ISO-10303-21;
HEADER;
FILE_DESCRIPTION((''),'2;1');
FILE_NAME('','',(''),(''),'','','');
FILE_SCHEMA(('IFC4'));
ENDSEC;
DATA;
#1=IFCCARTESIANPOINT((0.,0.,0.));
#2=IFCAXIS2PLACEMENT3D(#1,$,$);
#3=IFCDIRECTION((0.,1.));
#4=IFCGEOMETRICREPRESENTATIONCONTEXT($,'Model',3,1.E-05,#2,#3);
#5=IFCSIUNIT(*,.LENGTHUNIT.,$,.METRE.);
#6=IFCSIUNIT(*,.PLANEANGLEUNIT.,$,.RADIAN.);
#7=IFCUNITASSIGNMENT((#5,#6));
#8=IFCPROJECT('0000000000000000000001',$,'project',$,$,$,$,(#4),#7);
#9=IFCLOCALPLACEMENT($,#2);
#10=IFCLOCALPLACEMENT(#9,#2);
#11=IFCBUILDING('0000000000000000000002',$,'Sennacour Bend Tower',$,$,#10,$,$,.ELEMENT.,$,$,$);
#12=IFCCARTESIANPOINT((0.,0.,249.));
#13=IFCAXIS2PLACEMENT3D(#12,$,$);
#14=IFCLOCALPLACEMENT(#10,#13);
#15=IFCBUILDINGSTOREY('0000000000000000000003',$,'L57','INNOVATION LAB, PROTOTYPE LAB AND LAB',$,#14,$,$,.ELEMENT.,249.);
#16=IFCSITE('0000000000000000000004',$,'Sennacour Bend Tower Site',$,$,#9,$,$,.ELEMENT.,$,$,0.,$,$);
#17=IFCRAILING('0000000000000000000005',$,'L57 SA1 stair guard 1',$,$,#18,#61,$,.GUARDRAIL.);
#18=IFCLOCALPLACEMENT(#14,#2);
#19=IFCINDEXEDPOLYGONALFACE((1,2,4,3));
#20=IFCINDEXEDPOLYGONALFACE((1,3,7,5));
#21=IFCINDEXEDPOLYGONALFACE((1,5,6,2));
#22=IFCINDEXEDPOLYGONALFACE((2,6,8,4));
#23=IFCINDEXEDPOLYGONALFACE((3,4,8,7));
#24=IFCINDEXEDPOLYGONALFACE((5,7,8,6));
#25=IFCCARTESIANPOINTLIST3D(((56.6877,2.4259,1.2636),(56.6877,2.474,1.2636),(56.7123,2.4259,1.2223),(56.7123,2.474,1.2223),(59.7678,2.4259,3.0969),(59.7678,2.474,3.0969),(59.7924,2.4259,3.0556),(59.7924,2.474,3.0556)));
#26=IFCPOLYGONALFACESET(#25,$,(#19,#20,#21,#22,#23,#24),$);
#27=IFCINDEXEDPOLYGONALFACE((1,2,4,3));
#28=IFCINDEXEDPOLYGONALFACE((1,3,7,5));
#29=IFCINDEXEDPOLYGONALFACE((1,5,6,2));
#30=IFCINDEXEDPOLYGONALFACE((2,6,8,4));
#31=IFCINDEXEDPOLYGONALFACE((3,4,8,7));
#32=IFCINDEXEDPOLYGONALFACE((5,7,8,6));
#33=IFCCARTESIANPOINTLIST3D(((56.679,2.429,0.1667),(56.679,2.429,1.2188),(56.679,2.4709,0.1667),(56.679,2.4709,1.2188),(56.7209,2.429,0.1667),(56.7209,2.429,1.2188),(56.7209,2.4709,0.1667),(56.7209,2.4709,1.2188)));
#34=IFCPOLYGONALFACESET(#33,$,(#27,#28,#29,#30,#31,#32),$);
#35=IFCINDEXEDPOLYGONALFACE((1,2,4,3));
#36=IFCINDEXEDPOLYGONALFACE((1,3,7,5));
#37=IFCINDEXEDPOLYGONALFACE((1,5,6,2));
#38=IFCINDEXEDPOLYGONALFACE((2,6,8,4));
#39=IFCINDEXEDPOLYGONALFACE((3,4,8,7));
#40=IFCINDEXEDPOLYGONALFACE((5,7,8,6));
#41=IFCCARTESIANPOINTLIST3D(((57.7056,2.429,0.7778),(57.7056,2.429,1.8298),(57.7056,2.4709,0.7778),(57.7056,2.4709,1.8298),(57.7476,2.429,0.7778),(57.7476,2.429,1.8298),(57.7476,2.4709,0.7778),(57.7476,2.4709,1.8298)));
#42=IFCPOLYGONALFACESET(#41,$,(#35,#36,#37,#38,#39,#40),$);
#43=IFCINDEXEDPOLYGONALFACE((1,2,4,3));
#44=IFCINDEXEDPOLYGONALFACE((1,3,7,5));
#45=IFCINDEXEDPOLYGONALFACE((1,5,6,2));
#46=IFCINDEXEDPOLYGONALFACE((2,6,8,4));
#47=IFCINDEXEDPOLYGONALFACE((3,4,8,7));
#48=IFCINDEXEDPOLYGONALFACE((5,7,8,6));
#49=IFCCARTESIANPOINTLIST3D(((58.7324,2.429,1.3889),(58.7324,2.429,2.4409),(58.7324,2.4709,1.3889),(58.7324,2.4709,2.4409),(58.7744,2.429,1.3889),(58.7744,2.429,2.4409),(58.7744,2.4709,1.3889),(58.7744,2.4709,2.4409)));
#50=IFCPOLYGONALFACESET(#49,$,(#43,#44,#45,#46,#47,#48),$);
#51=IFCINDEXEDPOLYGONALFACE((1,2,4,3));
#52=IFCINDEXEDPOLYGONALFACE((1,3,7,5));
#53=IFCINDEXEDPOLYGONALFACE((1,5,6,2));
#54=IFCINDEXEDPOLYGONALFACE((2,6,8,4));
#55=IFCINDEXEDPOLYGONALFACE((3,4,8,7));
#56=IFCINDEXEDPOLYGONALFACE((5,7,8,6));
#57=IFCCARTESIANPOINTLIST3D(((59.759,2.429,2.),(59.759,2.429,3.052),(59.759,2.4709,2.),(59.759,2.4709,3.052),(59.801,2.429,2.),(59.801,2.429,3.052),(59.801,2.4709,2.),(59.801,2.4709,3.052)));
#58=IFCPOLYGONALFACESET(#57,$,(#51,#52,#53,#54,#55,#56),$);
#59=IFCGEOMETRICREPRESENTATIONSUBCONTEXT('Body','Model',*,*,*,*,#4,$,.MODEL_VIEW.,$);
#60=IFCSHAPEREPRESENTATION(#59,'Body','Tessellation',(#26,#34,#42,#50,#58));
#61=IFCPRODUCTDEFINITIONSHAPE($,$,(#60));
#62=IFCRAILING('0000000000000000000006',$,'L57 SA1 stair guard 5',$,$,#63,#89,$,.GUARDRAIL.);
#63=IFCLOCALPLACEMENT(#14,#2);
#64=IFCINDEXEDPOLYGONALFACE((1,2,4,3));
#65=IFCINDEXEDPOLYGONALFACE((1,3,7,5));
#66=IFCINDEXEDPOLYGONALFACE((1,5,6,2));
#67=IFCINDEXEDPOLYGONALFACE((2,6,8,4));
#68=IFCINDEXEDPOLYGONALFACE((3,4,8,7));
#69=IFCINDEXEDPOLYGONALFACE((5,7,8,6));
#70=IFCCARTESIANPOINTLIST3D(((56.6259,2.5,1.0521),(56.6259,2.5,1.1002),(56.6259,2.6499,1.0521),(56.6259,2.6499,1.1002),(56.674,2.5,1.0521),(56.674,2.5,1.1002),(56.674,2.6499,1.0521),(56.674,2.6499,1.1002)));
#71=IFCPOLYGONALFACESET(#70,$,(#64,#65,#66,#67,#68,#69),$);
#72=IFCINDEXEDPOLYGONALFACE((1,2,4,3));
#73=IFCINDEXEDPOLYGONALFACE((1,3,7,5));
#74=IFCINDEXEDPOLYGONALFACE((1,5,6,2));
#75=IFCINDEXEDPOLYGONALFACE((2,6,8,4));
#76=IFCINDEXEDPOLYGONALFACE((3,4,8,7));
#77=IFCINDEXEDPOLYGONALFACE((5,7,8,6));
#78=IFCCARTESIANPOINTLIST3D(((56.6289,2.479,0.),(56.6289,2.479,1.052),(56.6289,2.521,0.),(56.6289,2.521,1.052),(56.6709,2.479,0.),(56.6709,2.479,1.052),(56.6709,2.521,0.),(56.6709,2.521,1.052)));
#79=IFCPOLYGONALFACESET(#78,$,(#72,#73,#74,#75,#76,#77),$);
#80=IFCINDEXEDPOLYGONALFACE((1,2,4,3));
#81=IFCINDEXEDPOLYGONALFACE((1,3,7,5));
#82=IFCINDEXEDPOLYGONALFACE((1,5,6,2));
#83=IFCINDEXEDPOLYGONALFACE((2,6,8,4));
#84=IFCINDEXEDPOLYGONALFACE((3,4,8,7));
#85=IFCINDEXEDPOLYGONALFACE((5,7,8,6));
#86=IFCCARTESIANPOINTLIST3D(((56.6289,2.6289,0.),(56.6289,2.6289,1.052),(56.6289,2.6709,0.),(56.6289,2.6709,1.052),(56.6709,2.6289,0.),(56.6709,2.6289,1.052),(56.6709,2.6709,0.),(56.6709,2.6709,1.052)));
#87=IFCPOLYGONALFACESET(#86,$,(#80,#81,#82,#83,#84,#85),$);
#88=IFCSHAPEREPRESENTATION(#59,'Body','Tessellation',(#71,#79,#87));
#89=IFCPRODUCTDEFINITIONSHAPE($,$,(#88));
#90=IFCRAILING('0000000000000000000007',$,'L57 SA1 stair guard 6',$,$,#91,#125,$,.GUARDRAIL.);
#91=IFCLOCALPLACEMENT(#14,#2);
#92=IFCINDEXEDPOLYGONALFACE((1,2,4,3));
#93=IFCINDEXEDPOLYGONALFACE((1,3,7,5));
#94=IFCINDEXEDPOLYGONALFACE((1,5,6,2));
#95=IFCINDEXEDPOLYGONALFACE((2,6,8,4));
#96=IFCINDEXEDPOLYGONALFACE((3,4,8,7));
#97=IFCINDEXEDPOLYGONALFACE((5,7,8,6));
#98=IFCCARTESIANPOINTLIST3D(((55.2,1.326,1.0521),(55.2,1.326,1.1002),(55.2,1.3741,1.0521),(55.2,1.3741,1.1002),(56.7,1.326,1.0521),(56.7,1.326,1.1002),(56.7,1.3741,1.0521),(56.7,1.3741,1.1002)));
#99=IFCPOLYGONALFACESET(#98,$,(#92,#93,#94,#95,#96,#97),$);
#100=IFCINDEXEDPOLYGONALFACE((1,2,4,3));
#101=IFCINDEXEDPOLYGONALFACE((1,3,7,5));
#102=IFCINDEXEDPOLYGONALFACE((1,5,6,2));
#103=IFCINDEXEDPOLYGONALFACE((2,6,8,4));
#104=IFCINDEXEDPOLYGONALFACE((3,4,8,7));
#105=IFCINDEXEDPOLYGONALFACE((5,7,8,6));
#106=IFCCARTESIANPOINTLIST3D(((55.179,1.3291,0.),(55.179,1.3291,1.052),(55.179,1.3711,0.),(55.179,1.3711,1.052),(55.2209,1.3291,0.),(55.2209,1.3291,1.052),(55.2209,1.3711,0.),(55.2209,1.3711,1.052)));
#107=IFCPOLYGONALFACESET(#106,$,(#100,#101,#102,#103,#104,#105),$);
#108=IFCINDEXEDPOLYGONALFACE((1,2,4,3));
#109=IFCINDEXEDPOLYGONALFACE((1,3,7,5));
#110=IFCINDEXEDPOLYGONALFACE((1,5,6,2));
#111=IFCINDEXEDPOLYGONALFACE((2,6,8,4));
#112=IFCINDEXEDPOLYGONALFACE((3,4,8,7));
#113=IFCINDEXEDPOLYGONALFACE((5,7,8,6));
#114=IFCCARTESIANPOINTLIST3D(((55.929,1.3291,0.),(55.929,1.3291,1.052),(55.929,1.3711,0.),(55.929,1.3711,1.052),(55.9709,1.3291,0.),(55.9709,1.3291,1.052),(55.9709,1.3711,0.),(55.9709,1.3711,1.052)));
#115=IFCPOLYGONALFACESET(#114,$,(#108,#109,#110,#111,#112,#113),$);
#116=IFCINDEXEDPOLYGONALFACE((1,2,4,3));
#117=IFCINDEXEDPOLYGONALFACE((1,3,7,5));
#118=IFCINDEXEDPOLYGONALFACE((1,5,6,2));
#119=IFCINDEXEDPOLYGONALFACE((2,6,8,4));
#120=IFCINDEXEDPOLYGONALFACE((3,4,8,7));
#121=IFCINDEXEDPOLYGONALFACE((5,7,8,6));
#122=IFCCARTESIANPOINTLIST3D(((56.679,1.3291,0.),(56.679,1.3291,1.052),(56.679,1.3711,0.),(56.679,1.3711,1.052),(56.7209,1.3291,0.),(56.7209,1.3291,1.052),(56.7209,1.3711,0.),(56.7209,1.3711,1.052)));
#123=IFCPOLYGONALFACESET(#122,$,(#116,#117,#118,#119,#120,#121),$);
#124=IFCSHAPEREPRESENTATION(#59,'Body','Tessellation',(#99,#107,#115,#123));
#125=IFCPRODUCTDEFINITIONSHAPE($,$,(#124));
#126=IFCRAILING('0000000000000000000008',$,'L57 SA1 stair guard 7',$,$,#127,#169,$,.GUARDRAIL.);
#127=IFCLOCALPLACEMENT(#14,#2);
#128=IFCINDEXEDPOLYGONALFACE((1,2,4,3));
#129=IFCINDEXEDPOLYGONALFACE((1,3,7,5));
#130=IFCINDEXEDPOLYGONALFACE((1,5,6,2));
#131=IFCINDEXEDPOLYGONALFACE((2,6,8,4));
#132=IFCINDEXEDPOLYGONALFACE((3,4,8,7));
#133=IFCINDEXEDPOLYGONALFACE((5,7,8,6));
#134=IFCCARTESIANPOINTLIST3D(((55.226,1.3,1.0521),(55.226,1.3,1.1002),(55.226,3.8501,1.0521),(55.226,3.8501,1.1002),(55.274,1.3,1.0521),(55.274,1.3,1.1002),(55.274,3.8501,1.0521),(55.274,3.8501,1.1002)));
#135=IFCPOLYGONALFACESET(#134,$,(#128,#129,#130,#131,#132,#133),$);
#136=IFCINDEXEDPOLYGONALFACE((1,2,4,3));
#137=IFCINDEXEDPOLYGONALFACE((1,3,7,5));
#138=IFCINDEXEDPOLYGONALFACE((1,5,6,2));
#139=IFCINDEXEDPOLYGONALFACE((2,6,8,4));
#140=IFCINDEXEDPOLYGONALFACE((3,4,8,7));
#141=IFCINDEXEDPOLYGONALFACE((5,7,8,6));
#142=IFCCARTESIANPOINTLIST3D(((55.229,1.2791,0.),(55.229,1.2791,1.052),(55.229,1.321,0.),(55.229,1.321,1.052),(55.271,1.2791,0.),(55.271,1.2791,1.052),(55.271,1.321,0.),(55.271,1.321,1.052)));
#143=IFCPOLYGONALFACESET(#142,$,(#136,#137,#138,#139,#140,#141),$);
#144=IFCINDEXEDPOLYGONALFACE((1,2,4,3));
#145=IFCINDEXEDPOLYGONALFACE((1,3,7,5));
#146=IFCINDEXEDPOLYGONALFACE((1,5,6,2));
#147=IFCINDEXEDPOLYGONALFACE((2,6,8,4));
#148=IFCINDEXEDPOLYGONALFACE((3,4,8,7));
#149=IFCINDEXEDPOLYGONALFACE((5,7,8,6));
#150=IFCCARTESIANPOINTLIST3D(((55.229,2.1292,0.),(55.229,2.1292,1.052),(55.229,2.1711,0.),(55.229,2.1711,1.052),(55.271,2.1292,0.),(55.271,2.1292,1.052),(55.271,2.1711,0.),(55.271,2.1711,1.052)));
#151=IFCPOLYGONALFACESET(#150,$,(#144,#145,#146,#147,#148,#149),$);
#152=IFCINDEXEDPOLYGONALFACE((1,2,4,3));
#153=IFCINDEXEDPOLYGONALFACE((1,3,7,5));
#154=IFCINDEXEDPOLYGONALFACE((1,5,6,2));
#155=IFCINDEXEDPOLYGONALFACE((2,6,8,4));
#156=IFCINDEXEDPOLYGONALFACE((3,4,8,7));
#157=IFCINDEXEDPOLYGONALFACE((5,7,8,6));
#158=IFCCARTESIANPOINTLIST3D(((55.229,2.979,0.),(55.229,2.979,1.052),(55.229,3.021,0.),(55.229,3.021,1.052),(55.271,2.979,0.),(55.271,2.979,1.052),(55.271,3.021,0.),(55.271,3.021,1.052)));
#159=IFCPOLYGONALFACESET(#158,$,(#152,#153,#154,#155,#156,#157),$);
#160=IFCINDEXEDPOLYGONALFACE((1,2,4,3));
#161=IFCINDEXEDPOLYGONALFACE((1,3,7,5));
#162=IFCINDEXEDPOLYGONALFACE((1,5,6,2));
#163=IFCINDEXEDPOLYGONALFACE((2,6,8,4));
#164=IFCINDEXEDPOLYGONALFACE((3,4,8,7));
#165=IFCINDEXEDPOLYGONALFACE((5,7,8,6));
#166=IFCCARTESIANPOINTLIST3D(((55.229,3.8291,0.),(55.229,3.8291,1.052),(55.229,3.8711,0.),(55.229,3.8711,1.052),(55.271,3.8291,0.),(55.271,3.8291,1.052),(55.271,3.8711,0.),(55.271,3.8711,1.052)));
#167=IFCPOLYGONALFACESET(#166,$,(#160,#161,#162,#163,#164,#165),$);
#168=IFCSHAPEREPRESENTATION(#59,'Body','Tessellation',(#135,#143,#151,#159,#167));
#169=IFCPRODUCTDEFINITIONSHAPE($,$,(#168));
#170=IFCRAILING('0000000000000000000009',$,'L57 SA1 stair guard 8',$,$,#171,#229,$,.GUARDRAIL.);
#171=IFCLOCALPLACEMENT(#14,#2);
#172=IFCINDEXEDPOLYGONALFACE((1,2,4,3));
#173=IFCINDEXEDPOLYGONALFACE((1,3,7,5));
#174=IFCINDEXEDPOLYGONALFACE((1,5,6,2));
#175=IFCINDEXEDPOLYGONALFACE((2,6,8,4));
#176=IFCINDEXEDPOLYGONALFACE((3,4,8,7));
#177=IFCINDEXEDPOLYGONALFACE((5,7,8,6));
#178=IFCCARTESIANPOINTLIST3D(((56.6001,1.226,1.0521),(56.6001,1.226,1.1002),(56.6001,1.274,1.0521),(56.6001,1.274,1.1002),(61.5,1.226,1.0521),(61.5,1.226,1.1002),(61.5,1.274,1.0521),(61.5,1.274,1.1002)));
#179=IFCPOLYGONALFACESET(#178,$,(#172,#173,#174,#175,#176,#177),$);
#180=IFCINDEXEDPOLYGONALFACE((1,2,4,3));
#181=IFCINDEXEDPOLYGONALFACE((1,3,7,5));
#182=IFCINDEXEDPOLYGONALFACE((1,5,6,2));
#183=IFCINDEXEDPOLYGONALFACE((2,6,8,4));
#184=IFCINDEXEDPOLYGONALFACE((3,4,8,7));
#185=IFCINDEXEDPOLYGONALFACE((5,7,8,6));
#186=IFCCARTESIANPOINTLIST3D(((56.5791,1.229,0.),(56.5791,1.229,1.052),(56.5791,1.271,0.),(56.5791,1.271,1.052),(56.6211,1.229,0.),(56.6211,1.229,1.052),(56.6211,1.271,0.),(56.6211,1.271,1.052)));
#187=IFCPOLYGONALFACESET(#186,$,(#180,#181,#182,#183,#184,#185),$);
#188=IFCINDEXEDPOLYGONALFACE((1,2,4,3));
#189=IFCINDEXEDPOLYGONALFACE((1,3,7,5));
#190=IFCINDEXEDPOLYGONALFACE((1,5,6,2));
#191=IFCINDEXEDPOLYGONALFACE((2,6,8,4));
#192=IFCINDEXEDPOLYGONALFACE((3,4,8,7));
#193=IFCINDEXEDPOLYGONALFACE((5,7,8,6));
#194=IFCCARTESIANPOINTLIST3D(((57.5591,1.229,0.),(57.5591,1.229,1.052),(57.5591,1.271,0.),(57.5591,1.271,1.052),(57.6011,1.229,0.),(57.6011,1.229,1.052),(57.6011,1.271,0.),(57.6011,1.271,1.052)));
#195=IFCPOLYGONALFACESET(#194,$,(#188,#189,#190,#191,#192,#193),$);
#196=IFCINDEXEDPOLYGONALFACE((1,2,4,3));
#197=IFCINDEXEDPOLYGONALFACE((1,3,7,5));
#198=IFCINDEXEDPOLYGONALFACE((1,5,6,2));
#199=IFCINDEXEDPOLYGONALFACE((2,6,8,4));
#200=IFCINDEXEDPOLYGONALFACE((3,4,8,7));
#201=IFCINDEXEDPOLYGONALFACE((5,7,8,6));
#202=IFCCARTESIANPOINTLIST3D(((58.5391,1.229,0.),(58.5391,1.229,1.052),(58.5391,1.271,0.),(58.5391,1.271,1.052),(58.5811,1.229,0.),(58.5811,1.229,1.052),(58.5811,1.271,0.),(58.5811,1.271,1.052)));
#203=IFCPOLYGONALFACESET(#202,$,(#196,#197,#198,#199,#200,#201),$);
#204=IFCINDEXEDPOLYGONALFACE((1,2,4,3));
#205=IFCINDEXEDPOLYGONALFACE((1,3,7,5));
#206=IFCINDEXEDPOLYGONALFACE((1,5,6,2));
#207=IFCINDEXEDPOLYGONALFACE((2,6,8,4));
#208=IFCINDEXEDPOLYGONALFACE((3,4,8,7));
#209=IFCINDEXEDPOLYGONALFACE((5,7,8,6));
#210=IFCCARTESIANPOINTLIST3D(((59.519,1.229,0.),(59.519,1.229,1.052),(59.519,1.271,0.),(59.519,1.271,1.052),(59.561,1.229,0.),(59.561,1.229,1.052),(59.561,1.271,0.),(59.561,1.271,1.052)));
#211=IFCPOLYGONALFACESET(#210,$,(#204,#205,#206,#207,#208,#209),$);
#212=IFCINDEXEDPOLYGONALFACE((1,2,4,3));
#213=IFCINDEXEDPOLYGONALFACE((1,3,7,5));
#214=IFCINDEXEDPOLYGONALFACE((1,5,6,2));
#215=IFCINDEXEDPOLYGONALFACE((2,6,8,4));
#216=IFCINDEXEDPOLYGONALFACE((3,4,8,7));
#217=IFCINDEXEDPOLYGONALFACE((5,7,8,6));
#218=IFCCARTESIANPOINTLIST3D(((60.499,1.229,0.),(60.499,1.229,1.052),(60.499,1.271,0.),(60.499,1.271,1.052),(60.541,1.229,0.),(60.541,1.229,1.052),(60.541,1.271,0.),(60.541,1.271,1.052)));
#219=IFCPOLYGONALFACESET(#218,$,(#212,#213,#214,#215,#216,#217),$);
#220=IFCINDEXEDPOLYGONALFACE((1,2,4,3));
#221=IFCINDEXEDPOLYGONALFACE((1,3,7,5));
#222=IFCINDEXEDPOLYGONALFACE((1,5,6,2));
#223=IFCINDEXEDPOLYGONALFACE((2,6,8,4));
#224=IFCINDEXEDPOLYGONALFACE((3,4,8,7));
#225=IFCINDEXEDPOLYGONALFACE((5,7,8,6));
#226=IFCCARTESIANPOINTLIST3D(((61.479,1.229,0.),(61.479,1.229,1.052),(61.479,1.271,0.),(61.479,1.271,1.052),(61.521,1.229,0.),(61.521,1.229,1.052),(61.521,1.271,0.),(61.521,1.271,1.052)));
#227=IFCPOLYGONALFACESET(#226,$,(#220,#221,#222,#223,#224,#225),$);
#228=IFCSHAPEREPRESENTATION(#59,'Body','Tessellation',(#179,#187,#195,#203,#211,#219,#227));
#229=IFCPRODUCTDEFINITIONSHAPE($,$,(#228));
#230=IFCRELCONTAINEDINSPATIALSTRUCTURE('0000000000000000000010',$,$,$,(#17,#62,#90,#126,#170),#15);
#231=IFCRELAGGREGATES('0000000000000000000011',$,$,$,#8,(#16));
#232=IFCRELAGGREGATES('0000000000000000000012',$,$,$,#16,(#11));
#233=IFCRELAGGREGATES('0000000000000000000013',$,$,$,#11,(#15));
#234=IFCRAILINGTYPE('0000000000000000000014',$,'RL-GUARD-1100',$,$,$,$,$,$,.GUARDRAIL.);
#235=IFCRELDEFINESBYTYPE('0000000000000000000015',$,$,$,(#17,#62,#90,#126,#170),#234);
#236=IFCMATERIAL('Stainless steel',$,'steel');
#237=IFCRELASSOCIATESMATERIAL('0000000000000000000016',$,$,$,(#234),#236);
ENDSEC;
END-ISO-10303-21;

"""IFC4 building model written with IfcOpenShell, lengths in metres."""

from ifc_helpers import new_model, si_unit, direction, frame, origin, origin_2d, place, context, subcontext, project, spatial, rectangle, extrude, material, type_object, element, save


model = new_model("IFC4")

# Units and contexts
model_context = context("Model", 3, precision=1e-05, world=origin(), true_north=direction((0.0, 1.0)))
body_context = subcontext(model_context, "Body", "Model", "MODEL_VIEW")
ifc_project = project(units=[si_unit("LENGTHUNIT", "METRE"), si_unit("PLANEANGLEUNIT", "RADIAN")], contexts=[model_context])

# Site, building, storey
site_placement = place(None, origin())
site = spatial("IfcSite", under=ifc_project, at=site_placement, Name="Sennacour Bend Tower Site", CompositionType="ELEMENT", RefElevation=0.0)
building_placement = place(site_placement, origin())
building = spatial("IfcBuilding", under=site, at=building_placement, Name="Sennacour Bend Tower", CompositionType="ELEMENT")
storey_placement = place(building_placement, frame((0.0, 0.0, 249.0)))
storey = spatial("IfcBuildingStorey", under=building, at=storey_placement, Name="L57", Description="INNOVATION LAB, PROTOTYPE LAB AND LAB", CompositionType="ELEMENT", Elevation=249.0)

# Shared definitions
ifc_material_1 = material(Name="Stainless steel", Category="steel")

# Railings
railing_type_1 = type_object("IfcRailingType", Name="RL-GUARD-1100", PredefinedType="GUARDRAIL", material=ifc_material_1)
railing_1_placement = place(storey_placement, frame((56.7, 2.45, 0.1667)))
element("IfcRailing", 1, at=railing_1_placement, inside=storey, type_object=railing_type_1, Name="L57 SA1 stair guard 1", PredefinedType="GUARDRAIL", context=body_context, shape_type="SweptSolid", body=[
    extrude(rectangle(XDim=0.0481, YDim=0.0481, at=origin_2d()), frame((0.0, 0.0, 1.0762), z_axis=(0.859309, 0.0, 0.511458), x_axis=(0.0, 1.0, 0.0)), (0.0, 0.0, 1.0), 3.5845),
    extrude(rectangle(XDim=0.042, YDim=0.042, at=origin_2d()), origin(), (0.0, 0.0, 1.0), 1.052),
    extrude(rectangle(XDim=0.042, YDim=0.042, at=origin_2d()), frame((1.0266, 0.0, 0.6111)), (0.0, 0.0, 1.0), 1.052),
    extrude(rectangle(XDim=0.042, YDim=0.042, at=origin_2d()), frame((2.0535, 0.0, 1.2222)), (0.0, 0.0, 1.0), 1.052),
    extrude(rectangle(XDim=0.042, YDim=0.042, at=origin_2d()), frame((3.0801, 0.0, 1.8333)), (0.0, 0.0, 1.0), 1.052),
])
railing_2_placement = place(storey_placement, frame((56.6499, 2.5, 0.0)))
element("IfcRailing", 2, at=railing_2_placement, inside=storey, type_object=railing_type_1, Name="L57 SA1 stair guard 5", PredefinedType="GUARDRAIL", context=body_context, shape_type="SweptSolid", body=[
    extrude(rectangle(XDim=0.0481, YDim=0.0481, at=origin_2d()), frame((0.0, 0.0, 1.0762), z_axis=(0.0, 1.0, 0.0), x_axis=(-1.0, 0.0, 0.0)), (0.0, 0.0, 1.0), 0.1499),
    extrude(rectangle(XDim=0.042, YDim=0.042, at=origin_2d()), origin(), (0.0, 0.0, 1.0), 1.052),
    extrude(rectangle(XDim=0.042, YDim=0.042, at=origin_2d()), frame((0.0, 0.1499, 0.0)), (0.0, 0.0, 1.0), 1.052),
])
railing_3_placement = place(storey_placement, frame((55.2, 1.3501, 0.0)))
element("IfcRailing", 3, at=railing_3_placement, inside=storey, type_object=railing_type_1, Name="L57 SA1 stair guard 6", PredefinedType="GUARDRAIL", context=body_context, shape_type="SweptSolid", body=[
    extrude(rectangle(XDim=0.0481, YDim=0.0481, at=origin_2d()), frame((0.0, 0.0, 1.0762), z_axis=(1.0, 0.0, 0.0), x_axis=(0.0, 1.0, 0.0)), (0.0, 0.0, 1.0), 1.5),
    extrude(rectangle(XDim=0.042, YDim=0.042, at=origin_2d()), origin(), (0.0, 0.0, 1.0), 1.052),
    extrude(rectangle(XDim=0.042, YDim=0.042, at=origin_2d()), frame((0.75, 0.0, 0.0)), (0.0, 0.0, 1.0), 1.052),
    extrude(rectangle(XDim=0.042, YDim=0.042, at=origin_2d()), frame((1.5, 0.0, 0.0)), (0.0, 0.0, 1.0), 1.052),
])
railing_4_placement = place(storey_placement, frame((55.25, 1.3, 0.0)))
element("IfcRailing", 4, at=railing_4_placement, inside=storey, type_object=railing_type_1, Name="L57 SA1 stair guard 7", PredefinedType="GUARDRAIL", context=body_context, shape_type="SweptSolid", body=[
    extrude(rectangle(XDim=0.0481, YDim=0.0481, at=origin_2d()), frame((0.0, 0.0, 1.0762), z_axis=(0.0, 1.0, 0.0), x_axis=(-1.0, 0.0, 0.0)), (0.0, 0.0, 1.0), 2.55),
    extrude(rectangle(XDim=0.042, YDim=0.042, at=origin_2d()), origin(), (0.0, 0.0, 1.0), 1.052),
    extrude(rectangle(XDim=0.042, YDim=0.042, at=origin_2d()), frame((0.0, 0.8501, 0.0)), (0.0, 0.0, 1.0), 1.052),
    extrude(rectangle(XDim=0.042, YDim=0.042, at=origin_2d()), frame((0.0, 1.7, 0.0)), (0.0, 0.0, 1.0), 1.052),
    extrude(rectangle(XDim=0.042, YDim=0.042, at=origin_2d()), frame((0.0, 2.55, 0.0)), (0.0, 0.0, 1.0), 1.052),
])
railing_5_placement = place(storey_placement, frame((56.6001, 1.25, 0.0)))
element("IfcRailing", 5, at=railing_5_placement, inside=storey, type_object=railing_type_1, Name="L57 SA1 stair guard 8", PredefinedType="GUARDRAIL", context=body_context, shape_type="SweptSolid", body=[
    extrude(rectangle(XDim=0.0481, YDim=0.0481, at=origin_2d()), frame((0.0, 0.0, 1.0762), z_axis=(1.0, 0.0, 0.0), x_axis=(0.0, 1.0, 0.0)), (0.0, 0.0, 1.0), 4.8999),
    extrude(rectangle(XDim=0.042, YDim=0.042, at=origin_2d()), origin(), (0.0, 0.0, 1.0), 1.052),
    extrude(rectangle(XDim=0.042, YDim=0.042, at=origin_2d()), frame((0.98, 0.0, 0.0)), (0.0, 0.0, 1.0), 1.052),
    extrude(rectangle(XDim=0.042, YDim=0.042, at=origin_2d()), frame((1.96, 0.0, 0.0)), (0.0, 0.0, 1.0), 1.052),
    extrude(rectangle(XDim=0.042, YDim=0.042, at=origin_2d()), frame((2.9399, 0.0, 0.0)), (0.0, 0.0, 1.0), 1.052),
    extrude(rectangle(XDim=0.042, YDim=0.042, at=origin_2d()), frame((3.9199, 0.0, 0.0)), (0.0, 0.0, 1.0), 1.052),
    extrude(rectangle(XDim=0.042, YDim=0.042, at=origin_2d()), frame((4.8999, 0.0, 0.0)), (0.0, 0.0, 1.0), 1.052),
])

save(model, "model.ifc")
